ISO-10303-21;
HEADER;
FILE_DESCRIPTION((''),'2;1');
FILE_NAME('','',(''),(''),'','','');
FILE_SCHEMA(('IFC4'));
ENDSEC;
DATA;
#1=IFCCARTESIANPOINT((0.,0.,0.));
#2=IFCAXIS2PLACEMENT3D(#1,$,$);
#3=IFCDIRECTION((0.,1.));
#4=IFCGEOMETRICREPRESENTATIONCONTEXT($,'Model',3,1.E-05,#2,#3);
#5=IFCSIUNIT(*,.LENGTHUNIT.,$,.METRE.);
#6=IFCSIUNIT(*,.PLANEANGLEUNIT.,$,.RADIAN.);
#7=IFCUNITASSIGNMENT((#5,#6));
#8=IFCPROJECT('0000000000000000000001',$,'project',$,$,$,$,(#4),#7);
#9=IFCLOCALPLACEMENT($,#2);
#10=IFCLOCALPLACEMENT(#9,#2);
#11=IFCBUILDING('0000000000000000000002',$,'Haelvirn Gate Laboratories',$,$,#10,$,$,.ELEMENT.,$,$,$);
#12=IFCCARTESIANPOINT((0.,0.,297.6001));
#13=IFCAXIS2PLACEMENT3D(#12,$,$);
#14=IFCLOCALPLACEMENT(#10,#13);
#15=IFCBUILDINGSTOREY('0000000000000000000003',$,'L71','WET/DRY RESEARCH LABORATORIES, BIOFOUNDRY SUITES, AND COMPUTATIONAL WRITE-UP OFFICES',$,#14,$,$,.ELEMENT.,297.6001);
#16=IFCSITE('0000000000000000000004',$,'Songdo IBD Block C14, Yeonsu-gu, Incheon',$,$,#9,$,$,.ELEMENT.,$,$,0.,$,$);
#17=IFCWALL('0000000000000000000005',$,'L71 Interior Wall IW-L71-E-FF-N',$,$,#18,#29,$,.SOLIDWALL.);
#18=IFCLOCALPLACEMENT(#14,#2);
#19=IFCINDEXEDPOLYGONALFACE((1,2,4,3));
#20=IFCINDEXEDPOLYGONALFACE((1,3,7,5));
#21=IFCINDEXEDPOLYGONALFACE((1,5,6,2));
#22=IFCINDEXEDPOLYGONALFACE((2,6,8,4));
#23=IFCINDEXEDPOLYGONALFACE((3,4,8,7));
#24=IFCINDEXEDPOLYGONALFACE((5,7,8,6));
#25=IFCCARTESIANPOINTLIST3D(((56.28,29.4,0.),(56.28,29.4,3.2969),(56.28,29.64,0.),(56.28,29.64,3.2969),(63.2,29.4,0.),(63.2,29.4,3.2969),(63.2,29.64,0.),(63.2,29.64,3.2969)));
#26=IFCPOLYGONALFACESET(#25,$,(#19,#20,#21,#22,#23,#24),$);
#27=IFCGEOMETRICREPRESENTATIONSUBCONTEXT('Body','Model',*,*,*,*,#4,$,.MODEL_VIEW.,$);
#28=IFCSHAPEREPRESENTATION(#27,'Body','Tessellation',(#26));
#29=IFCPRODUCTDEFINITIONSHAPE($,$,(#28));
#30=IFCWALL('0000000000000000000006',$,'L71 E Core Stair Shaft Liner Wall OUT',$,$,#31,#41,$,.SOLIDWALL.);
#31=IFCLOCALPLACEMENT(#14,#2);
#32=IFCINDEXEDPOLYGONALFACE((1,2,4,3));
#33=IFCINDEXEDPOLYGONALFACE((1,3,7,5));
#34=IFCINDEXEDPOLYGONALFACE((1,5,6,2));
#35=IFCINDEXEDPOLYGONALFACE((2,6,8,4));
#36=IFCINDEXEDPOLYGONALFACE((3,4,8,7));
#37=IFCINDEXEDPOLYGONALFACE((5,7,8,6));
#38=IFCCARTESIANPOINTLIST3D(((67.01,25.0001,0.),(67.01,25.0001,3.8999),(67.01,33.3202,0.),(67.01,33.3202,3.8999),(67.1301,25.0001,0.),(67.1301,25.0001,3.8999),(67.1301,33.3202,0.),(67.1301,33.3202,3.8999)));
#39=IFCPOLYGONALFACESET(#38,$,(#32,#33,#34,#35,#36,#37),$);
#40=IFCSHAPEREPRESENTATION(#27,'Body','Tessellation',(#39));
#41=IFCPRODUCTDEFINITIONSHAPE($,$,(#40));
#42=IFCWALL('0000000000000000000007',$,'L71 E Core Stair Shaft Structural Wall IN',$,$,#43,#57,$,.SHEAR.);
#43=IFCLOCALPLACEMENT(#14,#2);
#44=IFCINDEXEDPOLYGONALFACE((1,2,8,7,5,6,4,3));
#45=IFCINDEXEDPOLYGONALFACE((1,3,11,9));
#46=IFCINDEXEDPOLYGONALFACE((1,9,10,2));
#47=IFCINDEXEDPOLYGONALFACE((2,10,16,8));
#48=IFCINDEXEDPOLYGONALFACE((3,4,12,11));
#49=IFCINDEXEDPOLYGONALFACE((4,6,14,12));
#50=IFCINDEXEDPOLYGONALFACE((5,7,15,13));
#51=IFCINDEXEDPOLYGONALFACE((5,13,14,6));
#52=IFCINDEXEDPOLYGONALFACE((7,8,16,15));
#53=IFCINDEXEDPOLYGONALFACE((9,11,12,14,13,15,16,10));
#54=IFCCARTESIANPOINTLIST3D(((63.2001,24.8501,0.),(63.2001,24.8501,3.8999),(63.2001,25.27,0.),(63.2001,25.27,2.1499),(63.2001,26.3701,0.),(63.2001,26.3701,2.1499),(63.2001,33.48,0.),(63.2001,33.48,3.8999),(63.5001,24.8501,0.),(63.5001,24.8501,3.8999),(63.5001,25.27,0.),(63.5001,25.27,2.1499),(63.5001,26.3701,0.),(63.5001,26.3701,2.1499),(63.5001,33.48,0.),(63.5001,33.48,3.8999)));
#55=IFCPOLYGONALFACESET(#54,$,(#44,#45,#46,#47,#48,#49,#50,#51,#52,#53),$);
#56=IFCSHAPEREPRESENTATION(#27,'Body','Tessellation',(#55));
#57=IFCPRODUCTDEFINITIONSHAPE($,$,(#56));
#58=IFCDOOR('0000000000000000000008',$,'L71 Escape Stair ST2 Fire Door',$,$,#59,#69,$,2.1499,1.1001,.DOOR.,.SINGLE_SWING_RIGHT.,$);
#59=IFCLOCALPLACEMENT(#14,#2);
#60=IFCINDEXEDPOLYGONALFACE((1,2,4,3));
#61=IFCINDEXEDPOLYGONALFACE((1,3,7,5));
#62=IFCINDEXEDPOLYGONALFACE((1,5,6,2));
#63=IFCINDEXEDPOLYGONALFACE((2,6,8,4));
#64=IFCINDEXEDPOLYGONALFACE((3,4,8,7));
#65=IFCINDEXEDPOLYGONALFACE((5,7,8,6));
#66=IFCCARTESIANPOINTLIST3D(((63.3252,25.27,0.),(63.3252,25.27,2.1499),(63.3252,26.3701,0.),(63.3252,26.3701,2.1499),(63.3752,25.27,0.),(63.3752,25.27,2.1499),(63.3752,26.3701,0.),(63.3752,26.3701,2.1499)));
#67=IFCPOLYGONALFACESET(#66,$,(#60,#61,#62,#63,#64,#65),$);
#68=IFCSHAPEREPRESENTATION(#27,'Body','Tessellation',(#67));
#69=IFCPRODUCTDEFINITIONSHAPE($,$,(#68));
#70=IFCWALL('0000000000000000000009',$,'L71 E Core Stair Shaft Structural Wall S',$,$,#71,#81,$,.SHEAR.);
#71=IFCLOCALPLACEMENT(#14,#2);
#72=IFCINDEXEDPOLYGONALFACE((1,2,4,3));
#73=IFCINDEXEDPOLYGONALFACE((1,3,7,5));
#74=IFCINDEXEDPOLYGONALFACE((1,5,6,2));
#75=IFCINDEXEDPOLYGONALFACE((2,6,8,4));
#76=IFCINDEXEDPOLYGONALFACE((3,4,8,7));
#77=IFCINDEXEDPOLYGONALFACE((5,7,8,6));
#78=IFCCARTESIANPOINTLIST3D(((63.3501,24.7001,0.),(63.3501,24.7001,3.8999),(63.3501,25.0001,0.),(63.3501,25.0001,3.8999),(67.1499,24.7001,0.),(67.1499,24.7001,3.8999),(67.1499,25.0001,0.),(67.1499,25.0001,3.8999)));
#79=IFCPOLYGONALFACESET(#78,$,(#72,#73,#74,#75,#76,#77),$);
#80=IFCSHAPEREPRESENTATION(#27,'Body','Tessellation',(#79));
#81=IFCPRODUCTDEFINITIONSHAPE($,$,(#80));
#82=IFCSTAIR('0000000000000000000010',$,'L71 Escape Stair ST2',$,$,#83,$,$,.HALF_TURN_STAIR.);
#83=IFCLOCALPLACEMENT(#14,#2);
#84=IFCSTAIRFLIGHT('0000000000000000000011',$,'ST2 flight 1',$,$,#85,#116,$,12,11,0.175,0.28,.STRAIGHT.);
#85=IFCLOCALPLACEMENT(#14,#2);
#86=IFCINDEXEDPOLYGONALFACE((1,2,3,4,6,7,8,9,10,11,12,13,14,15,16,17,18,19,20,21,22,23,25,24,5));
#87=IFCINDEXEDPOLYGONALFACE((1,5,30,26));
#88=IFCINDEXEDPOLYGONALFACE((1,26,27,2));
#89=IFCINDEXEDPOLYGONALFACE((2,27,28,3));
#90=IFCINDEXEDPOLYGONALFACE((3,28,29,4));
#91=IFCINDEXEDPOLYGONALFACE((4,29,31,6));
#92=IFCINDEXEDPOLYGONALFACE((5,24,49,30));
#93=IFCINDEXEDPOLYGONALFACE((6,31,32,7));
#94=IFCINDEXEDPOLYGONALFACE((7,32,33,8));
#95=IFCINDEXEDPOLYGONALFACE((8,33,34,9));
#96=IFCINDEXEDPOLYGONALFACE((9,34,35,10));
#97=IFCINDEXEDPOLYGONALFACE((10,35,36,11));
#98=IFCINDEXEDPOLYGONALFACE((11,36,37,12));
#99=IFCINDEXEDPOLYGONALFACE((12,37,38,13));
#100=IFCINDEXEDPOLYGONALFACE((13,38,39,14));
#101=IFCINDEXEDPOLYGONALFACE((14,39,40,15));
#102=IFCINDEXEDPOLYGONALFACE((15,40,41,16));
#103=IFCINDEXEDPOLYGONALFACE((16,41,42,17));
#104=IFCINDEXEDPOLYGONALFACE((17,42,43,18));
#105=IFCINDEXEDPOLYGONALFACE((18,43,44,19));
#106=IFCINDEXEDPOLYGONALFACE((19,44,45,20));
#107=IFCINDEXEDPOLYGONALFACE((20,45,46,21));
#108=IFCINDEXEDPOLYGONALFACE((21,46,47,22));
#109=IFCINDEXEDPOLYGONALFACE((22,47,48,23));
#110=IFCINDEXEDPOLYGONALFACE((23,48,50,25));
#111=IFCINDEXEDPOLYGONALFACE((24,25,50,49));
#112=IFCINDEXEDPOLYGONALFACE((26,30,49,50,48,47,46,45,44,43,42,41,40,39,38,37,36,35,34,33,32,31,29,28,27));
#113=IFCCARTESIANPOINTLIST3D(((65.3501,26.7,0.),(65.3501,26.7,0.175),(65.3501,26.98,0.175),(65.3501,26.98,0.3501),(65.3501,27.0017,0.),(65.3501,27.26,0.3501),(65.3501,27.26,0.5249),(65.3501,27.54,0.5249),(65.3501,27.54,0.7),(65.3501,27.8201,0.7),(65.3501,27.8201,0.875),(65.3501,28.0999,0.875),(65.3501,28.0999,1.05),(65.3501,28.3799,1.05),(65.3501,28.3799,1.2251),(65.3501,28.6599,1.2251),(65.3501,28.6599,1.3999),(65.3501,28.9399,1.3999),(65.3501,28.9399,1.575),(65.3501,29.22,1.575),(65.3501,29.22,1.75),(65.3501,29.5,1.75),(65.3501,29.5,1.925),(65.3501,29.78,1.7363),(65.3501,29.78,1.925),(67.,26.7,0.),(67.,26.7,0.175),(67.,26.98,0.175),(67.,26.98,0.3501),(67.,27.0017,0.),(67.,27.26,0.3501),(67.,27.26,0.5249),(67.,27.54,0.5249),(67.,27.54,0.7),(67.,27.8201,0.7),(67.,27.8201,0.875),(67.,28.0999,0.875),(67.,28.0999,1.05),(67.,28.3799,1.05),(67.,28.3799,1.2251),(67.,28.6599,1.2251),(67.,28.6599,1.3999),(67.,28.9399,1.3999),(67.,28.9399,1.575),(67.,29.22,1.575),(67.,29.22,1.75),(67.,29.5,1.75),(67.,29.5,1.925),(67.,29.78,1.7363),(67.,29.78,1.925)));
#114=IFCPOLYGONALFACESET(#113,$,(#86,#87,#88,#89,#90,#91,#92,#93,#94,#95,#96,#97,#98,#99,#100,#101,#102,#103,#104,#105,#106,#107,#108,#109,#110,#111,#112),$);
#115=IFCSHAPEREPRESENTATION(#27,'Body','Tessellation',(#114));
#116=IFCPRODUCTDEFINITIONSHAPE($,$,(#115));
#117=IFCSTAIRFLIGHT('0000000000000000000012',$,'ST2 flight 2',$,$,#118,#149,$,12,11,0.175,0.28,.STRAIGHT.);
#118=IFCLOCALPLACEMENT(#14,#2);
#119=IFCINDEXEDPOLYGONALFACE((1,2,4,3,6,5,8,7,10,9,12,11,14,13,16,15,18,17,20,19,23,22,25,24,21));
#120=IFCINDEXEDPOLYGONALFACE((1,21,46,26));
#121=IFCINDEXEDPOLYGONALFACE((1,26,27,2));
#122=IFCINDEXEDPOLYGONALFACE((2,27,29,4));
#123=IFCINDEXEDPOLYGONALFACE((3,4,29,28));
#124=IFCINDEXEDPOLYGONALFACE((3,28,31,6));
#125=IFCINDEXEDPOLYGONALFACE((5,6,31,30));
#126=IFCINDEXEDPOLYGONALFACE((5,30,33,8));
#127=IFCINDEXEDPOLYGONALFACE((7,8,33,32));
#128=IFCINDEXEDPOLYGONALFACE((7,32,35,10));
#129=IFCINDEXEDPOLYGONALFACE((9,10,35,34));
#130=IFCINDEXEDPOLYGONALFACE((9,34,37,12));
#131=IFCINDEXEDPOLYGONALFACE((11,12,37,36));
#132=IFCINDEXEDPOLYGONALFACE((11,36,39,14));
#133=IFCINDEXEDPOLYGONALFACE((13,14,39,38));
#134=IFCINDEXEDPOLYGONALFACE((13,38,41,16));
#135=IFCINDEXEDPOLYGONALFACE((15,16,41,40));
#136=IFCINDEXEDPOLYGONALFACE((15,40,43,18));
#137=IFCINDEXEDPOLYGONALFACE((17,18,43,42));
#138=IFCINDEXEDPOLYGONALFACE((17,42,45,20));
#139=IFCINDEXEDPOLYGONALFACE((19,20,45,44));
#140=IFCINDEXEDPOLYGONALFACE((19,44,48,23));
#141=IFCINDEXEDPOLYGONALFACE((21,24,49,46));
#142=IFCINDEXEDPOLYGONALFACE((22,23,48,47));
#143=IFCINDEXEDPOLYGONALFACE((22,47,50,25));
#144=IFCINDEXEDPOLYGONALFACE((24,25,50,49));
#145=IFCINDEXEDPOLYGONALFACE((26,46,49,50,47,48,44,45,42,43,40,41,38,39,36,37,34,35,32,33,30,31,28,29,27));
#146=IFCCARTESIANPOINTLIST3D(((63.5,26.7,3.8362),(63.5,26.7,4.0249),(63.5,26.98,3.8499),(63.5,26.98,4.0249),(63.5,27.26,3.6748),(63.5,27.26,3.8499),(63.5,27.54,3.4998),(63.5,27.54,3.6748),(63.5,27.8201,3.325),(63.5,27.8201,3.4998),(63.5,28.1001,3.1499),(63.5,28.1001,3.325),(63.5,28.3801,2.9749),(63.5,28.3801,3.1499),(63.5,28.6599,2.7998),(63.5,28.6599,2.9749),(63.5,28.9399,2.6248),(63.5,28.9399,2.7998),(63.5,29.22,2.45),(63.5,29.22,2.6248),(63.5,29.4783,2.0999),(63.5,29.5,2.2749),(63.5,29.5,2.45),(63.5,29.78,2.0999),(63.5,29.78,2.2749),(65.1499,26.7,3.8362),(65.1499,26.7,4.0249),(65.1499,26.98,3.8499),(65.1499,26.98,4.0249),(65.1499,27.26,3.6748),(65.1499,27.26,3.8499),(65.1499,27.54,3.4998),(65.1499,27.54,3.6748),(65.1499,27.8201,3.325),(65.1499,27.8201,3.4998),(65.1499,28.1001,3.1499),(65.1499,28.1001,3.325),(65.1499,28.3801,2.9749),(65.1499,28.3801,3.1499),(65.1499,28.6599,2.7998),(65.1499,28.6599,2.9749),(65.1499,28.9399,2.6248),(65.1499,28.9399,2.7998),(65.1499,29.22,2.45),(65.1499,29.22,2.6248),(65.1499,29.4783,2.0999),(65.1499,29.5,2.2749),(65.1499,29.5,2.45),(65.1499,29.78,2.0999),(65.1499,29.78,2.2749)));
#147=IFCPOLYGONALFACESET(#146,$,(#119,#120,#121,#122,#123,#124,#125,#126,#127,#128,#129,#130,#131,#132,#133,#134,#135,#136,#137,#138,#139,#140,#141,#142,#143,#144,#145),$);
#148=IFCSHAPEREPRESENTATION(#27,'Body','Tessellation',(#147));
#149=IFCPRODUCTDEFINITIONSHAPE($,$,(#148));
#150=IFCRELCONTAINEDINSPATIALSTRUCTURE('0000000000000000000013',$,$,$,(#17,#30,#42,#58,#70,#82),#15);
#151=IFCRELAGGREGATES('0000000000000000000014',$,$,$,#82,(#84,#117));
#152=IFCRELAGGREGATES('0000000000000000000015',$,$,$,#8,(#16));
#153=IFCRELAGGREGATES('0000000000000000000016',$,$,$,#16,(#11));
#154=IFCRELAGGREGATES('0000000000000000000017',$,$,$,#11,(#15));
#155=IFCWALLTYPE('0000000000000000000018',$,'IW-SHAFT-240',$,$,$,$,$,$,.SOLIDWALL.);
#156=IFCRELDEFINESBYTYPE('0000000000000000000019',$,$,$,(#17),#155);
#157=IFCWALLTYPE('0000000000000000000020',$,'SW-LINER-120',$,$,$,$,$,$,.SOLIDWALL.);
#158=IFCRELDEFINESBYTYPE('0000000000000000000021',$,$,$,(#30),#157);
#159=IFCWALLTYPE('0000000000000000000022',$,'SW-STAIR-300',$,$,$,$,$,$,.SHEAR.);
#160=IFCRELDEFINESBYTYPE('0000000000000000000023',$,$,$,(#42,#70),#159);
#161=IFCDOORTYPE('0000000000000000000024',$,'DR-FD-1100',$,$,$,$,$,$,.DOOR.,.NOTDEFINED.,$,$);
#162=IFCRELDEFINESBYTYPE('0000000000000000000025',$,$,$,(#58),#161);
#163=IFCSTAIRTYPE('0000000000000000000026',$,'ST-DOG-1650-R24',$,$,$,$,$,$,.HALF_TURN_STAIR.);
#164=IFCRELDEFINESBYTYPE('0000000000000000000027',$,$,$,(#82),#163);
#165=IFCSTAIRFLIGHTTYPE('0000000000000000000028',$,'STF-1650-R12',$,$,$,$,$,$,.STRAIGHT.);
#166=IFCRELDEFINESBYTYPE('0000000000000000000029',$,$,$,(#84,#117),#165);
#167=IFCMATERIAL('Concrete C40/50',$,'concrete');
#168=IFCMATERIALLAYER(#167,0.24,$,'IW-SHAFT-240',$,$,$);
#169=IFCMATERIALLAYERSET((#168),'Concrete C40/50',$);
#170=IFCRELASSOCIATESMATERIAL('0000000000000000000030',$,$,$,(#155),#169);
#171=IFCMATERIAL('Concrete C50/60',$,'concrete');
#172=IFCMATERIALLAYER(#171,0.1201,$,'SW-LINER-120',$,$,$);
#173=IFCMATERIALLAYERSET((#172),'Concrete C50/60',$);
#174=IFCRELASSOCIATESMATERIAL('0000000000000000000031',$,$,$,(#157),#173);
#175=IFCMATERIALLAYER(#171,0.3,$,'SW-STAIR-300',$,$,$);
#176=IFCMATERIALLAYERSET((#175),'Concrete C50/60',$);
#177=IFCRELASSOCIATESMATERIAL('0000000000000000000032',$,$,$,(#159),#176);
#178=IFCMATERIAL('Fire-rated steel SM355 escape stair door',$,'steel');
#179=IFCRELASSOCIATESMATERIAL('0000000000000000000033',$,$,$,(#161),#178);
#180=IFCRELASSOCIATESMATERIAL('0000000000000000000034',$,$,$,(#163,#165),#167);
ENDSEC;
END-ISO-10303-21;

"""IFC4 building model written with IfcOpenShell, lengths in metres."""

from ifc_helpers import new_model, si_unit, direction, frame, frame_2d, origin, place, context, subcontext, project, spatial, polyline, rectangle, outline, extrude, source, transform, mapped, material, layer, layer_set, type_object, type_shapes, element, fill, aggregate, save


model = new_model("IFC4")

# Units and contexts
model_context = context("Model", 3, precision=1e-05, world=origin(), true_north=direction((0.0, 1.0)))
body_context = subcontext(model_context, "Body", "Model", "MODEL_VIEW")
ifc_project = project(units=[si_unit("LENGTHUNIT", "METRE"), si_unit("PLANEANGLEUNIT", "RADIAN")], contexts=[model_context])

# Site, building, storey
site_placement = place(None, origin())
site = spatial("IfcSite", under=ifc_project, at=site_placement, Name="Songdo IBD Block C14, Yeonsu-gu, Incheon", CompositionType="ELEMENT", RefElevation=0.0)
building_placement = place(site_placement, origin())
building = spatial("IfcBuilding", under=site, at=building_placement, Name="Haelvirn Gate Laboratories", CompositionType="ELEMENT")
storey_placement = place(building_placement, frame((0.0, 0.0, 297.6001)))
storey = spatial("IfcBuildingStorey", under=building, at=storey_placement, Name="L71", Description="WET/DRY RESEARCH LABORATORIES, BIOFOUNDRY SUITES, AND COMPUTATIONAL WRITE-UP OFFICES", CompositionType="ELEMENT", Elevation=297.6001)

# Shared definitions
ifc_material_1 = material(Name="Concrete C40/50", Category="concrete")

# Shared definitions
ifc_layer_1 = layer(ifc_material_1, 0.24, Name="IW-SHAFT-240")
ifc_layer_set_1 = layer_set([ifc_layer_1], Name="Concrete C40/50")
wall_type_1 = type_object("IfcWallType", Name="IW-SHAFT-240", PredefinedType="SOLIDWALL", material=ifc_layer_set_1)

# Walls
wall_1_placement = place(storey_placement, frame((56.28, 29.52, 0.0), z_axis=(0.0, 0.0, 1.0), x_axis=(1.0, 0.0, 0.0)))
element("IfcWall", 1, at=wall_1_placement, inside=storey, type_object=wall_type_1, Name="L71 Interior Wall IW-L71-E-FF-N", PredefinedType="SOLIDWALL", context=body_context, shape_type="SweptSolid", body=[
    extrude(rectangle(XDim=6.9199, YDim=0.24, at=frame_2d((3.46, 0.0))), origin(), (0.0, 0.0, 1.0), 3.2969),
])
ifc_material_2 = material(Name="Concrete C50/60", Category="concrete")
ifc_layer_2 = layer(ifc_material_2, 0.1201, Name="SW-LINER-120")
ifc_layer_set_2 = layer_set([ifc_layer_2], Name="Concrete C50/60")
wall_type_2 = type_object("IfcWallType", Name="SW-LINER-120", PredefinedType="SOLIDWALL", material=ifc_layer_set_2)
wall_2_placement = place(storey_placement, frame((67.0701, 25.0, 0.0), z_axis=(0.0, 0.0, 1.0), x_axis=(0.0, 1.0, 0.0)))
element("IfcWall", 2, at=wall_2_placement, inside=storey, type_object=wall_type_2, Name="L71 E Core Stair Shaft Liner Wall OUT", PredefinedType="SOLIDWALL", context=body_context, shape_type="SweptSolid", body=[
    extrude(rectangle(XDim=8.3201, YDim=0.1201, at=frame_2d((4.1602, 0.0))), origin(), (0.0, 0.0, 1.0), 3.8999),
])

# Wall, opening, door
ifc_layer_3 = layer(ifc_material_2, 0.3, Name="SW-STAIR-300")
ifc_layer_set_3 = layer_set([ifc_layer_3], Name="Concrete C50/60")
wall_type_3 = type_object("IfcWallType", Name="SW-STAIR-300", PredefinedType="SHEAR", material=ifc_layer_set_3)
wall_3_placement = place(storey_placement, frame((63.3501, 24.8501, 0.0), z_axis=(0.0, 0.0, 1.0), x_axis=(0.0, 1.0, 0.0)))
wall_3 = element("IfcWall", 3, at=wall_3_placement, inside=storey, type_object=wall_type_3, Name="L71 E Core Stair Shaft Structural Wall IN", PredefinedType="SHEAR", context=body_context, shape_type="SweptSolid", body=[
    extrude(rectangle(XDim=8.6299, YDim=0.3, at=frame_2d((4.3149, 0.0))), origin(), (0.0, 0.0, 1.0), 3.8999),
])
opening_1_placement = place(wall_3_placement, frame((0.4199, 0.0, 0.0)))
opening_1 = element("IfcOpeningElement", 4, at=opening_1_placement, cuts=wall_3, PredefinedType="OPENING", context=body_context, shape_type="SweptSolid", body=[
    extrude(rectangle(XDim=1.1001, YDim=2.1499, at=frame_2d((0.55, 1.075))), frame((0.0, 0.1602, 0.0), z_axis=(0.0, -1.0, 0.0), x_axis=(1.0, 0.0, 0.0)), (0.0, 0.0, 1.0), 0.3201),
])
ifc_material_3 = material(Name="Fire-rated steel SM355 escape stair door", Category="steel")
door_type_1 = type_object("IfcDoorType", Name="DR-FD-1100", OperationType="NOTDEFINED", PredefinedType="DOOR", material=ifc_material_3)
shared_shape_1 = source(origin(), body_context, "Body", "SweptSolid", [
    extrude(rectangle(XDim=1.1001, YDim=2.1499, at=frame_2d((0.55, 1.075))), frame((0.0, 0.0249, 0.0), z_axis=(0.0, -1.0, 0.0), x_axis=(1.0, 0.0, 0.0)), (0.0, 0.0, 1.0), 0.05),
])
type_shapes(door_type_1, [shared_shape_1])
door_1_placement = place(opening_1_placement, origin())
door_1 = element("IfcDoor", 5, at=door_1_placement, inside=storey, type_object=door_type_1, Name="L71 Escape Stair ST2 Fire Door", OperationType="SINGLE_SWING_RIGHT", OverallHeight=2.1499, OverallWidth=1.1001, PredefinedType="DOOR", context=body_context, shape_type="MappedRepresentation", body=[
    mapped(shared_shape_1, transform((0.0, 0.0, 0.0), scale=1.0)),
])
fill(opening_1, door_1)

# Wall
wall_4_placement = place(storey_placement, frame((63.3501, 24.8501, 0.0), z_axis=(0.0, 0.0, 1.0), x_axis=(1.0, 0.0, 0.0)))
element("IfcWall", 6, at=wall_4_placement, inside=storey, type_object=wall_type_3, Name="L71 E Core Stair Shaft Structural Wall S", PredefinedType="SHEAR", context=body_context, shape_type="SweptSolid", body=[
    extrude(rectangle(XDim=3.7998, YDim=0.3, at=frame_2d((1.8999, 0.0))), origin(), (0.0, 0.0, 1.0), 3.8999),
])

# Stair, stair flights
stair_type = type_object("IfcStairType", Name="ST-DOG-1650-R24", PredefinedType="HALF_TURN_STAIR", material=ifc_material_1)
stair_placement = place(storey_placement, origin())
stair = element("IfcStair", 7, at=stair_placement, inside=storey, type_object=stair_type, Name="L71 Escape Stair ST2", PredefinedType="HALF_TURN_STAIR")
stair_flight_type = type_object("IfcStairFlightType", Name="STF-1650-R12", PredefinedType="STRAIGHT", material=ifc_material_1)
shared_shape_2 = source(origin(), body_context, "Body", "SweptSolid", [
    extrude(outline(polyline([(0.0, 0.0), (0.0, 0.175), (0.28, 0.175), (0.28, 0.3501), (0.5601, 0.3501), (0.5601, 0.5249), (0.8401, 0.5249), (0.8401, 0.7), (1.1201, 0.7), (1.1201, 0.875), (1.3999, 0.875), (1.3999, 1.05), (1.6799, 1.05), (1.6799, 1.2251), (1.96, 1.2251), (1.96, 1.3999), (2.24, 1.3999), (2.24, 1.575), (2.52, 1.575), (2.52, 1.75), (2.8, 1.75), (2.8, 1.925), (3.0801, 1.925), (3.0801, 2.1001), (3.0801, 1.7363), (0.3018, 0.0), (0.0, 0.0)])), frame((0.0, 0.825, 0.0), z_axis=(0.0, -1.0, 0.0), x_axis=(1.0, 0.0, 0.0)), (0.0, 0.0, 1.0), 1.6499),
])
type_shapes(stair_flight_type, [shared_shape_2])
stair_flight_1_placement = place(storey_placement, frame((66.175, 26.7, 0.0), z_axis=(0.0, 0.0, 1.0), x_axis=(0.0, 1.0, 0.0)))
stair_flight_1 = element("IfcStairFlight", 8, at=stair_flight_1_placement, type_object=stair_flight_type, Name="ST2 flight 1", NumberOfRisers=12, NumberOfTreads=11, PredefinedType="STRAIGHT", RiserHeight=0.175, TreadLength=0.28, context=body_context, shape_type="MappedRepresentation", body=[
    mapped(shared_shape_2, transform((0.0, 0.0, 0.0), scale=1.0)),
])
stair_flight_2_placement = place(storey_placement, frame((64.325, 29.78, 2.0999), z_axis=(0.0, 0.0, 1.0), x_axis=(0.0, -1.0, 0.0)))
stair_flight_2 = element("IfcStairFlight", 9, at=stair_flight_2_placement, type_object=stair_flight_type, Name="ST2 flight 2", NumberOfRisers=12, NumberOfTreads=11, PredefinedType="STRAIGHT", RiserHeight=0.175, TreadLength=0.28, context=body_context, shape_type="MappedRepresentation", body=[
    mapped(shared_shape_2, transform((0.0, 0.0, 0.0), scale=1.0)),
])
aggregate(stair, [stair_flight_1, stair_flight_2])

save(model, "model.ifc")
